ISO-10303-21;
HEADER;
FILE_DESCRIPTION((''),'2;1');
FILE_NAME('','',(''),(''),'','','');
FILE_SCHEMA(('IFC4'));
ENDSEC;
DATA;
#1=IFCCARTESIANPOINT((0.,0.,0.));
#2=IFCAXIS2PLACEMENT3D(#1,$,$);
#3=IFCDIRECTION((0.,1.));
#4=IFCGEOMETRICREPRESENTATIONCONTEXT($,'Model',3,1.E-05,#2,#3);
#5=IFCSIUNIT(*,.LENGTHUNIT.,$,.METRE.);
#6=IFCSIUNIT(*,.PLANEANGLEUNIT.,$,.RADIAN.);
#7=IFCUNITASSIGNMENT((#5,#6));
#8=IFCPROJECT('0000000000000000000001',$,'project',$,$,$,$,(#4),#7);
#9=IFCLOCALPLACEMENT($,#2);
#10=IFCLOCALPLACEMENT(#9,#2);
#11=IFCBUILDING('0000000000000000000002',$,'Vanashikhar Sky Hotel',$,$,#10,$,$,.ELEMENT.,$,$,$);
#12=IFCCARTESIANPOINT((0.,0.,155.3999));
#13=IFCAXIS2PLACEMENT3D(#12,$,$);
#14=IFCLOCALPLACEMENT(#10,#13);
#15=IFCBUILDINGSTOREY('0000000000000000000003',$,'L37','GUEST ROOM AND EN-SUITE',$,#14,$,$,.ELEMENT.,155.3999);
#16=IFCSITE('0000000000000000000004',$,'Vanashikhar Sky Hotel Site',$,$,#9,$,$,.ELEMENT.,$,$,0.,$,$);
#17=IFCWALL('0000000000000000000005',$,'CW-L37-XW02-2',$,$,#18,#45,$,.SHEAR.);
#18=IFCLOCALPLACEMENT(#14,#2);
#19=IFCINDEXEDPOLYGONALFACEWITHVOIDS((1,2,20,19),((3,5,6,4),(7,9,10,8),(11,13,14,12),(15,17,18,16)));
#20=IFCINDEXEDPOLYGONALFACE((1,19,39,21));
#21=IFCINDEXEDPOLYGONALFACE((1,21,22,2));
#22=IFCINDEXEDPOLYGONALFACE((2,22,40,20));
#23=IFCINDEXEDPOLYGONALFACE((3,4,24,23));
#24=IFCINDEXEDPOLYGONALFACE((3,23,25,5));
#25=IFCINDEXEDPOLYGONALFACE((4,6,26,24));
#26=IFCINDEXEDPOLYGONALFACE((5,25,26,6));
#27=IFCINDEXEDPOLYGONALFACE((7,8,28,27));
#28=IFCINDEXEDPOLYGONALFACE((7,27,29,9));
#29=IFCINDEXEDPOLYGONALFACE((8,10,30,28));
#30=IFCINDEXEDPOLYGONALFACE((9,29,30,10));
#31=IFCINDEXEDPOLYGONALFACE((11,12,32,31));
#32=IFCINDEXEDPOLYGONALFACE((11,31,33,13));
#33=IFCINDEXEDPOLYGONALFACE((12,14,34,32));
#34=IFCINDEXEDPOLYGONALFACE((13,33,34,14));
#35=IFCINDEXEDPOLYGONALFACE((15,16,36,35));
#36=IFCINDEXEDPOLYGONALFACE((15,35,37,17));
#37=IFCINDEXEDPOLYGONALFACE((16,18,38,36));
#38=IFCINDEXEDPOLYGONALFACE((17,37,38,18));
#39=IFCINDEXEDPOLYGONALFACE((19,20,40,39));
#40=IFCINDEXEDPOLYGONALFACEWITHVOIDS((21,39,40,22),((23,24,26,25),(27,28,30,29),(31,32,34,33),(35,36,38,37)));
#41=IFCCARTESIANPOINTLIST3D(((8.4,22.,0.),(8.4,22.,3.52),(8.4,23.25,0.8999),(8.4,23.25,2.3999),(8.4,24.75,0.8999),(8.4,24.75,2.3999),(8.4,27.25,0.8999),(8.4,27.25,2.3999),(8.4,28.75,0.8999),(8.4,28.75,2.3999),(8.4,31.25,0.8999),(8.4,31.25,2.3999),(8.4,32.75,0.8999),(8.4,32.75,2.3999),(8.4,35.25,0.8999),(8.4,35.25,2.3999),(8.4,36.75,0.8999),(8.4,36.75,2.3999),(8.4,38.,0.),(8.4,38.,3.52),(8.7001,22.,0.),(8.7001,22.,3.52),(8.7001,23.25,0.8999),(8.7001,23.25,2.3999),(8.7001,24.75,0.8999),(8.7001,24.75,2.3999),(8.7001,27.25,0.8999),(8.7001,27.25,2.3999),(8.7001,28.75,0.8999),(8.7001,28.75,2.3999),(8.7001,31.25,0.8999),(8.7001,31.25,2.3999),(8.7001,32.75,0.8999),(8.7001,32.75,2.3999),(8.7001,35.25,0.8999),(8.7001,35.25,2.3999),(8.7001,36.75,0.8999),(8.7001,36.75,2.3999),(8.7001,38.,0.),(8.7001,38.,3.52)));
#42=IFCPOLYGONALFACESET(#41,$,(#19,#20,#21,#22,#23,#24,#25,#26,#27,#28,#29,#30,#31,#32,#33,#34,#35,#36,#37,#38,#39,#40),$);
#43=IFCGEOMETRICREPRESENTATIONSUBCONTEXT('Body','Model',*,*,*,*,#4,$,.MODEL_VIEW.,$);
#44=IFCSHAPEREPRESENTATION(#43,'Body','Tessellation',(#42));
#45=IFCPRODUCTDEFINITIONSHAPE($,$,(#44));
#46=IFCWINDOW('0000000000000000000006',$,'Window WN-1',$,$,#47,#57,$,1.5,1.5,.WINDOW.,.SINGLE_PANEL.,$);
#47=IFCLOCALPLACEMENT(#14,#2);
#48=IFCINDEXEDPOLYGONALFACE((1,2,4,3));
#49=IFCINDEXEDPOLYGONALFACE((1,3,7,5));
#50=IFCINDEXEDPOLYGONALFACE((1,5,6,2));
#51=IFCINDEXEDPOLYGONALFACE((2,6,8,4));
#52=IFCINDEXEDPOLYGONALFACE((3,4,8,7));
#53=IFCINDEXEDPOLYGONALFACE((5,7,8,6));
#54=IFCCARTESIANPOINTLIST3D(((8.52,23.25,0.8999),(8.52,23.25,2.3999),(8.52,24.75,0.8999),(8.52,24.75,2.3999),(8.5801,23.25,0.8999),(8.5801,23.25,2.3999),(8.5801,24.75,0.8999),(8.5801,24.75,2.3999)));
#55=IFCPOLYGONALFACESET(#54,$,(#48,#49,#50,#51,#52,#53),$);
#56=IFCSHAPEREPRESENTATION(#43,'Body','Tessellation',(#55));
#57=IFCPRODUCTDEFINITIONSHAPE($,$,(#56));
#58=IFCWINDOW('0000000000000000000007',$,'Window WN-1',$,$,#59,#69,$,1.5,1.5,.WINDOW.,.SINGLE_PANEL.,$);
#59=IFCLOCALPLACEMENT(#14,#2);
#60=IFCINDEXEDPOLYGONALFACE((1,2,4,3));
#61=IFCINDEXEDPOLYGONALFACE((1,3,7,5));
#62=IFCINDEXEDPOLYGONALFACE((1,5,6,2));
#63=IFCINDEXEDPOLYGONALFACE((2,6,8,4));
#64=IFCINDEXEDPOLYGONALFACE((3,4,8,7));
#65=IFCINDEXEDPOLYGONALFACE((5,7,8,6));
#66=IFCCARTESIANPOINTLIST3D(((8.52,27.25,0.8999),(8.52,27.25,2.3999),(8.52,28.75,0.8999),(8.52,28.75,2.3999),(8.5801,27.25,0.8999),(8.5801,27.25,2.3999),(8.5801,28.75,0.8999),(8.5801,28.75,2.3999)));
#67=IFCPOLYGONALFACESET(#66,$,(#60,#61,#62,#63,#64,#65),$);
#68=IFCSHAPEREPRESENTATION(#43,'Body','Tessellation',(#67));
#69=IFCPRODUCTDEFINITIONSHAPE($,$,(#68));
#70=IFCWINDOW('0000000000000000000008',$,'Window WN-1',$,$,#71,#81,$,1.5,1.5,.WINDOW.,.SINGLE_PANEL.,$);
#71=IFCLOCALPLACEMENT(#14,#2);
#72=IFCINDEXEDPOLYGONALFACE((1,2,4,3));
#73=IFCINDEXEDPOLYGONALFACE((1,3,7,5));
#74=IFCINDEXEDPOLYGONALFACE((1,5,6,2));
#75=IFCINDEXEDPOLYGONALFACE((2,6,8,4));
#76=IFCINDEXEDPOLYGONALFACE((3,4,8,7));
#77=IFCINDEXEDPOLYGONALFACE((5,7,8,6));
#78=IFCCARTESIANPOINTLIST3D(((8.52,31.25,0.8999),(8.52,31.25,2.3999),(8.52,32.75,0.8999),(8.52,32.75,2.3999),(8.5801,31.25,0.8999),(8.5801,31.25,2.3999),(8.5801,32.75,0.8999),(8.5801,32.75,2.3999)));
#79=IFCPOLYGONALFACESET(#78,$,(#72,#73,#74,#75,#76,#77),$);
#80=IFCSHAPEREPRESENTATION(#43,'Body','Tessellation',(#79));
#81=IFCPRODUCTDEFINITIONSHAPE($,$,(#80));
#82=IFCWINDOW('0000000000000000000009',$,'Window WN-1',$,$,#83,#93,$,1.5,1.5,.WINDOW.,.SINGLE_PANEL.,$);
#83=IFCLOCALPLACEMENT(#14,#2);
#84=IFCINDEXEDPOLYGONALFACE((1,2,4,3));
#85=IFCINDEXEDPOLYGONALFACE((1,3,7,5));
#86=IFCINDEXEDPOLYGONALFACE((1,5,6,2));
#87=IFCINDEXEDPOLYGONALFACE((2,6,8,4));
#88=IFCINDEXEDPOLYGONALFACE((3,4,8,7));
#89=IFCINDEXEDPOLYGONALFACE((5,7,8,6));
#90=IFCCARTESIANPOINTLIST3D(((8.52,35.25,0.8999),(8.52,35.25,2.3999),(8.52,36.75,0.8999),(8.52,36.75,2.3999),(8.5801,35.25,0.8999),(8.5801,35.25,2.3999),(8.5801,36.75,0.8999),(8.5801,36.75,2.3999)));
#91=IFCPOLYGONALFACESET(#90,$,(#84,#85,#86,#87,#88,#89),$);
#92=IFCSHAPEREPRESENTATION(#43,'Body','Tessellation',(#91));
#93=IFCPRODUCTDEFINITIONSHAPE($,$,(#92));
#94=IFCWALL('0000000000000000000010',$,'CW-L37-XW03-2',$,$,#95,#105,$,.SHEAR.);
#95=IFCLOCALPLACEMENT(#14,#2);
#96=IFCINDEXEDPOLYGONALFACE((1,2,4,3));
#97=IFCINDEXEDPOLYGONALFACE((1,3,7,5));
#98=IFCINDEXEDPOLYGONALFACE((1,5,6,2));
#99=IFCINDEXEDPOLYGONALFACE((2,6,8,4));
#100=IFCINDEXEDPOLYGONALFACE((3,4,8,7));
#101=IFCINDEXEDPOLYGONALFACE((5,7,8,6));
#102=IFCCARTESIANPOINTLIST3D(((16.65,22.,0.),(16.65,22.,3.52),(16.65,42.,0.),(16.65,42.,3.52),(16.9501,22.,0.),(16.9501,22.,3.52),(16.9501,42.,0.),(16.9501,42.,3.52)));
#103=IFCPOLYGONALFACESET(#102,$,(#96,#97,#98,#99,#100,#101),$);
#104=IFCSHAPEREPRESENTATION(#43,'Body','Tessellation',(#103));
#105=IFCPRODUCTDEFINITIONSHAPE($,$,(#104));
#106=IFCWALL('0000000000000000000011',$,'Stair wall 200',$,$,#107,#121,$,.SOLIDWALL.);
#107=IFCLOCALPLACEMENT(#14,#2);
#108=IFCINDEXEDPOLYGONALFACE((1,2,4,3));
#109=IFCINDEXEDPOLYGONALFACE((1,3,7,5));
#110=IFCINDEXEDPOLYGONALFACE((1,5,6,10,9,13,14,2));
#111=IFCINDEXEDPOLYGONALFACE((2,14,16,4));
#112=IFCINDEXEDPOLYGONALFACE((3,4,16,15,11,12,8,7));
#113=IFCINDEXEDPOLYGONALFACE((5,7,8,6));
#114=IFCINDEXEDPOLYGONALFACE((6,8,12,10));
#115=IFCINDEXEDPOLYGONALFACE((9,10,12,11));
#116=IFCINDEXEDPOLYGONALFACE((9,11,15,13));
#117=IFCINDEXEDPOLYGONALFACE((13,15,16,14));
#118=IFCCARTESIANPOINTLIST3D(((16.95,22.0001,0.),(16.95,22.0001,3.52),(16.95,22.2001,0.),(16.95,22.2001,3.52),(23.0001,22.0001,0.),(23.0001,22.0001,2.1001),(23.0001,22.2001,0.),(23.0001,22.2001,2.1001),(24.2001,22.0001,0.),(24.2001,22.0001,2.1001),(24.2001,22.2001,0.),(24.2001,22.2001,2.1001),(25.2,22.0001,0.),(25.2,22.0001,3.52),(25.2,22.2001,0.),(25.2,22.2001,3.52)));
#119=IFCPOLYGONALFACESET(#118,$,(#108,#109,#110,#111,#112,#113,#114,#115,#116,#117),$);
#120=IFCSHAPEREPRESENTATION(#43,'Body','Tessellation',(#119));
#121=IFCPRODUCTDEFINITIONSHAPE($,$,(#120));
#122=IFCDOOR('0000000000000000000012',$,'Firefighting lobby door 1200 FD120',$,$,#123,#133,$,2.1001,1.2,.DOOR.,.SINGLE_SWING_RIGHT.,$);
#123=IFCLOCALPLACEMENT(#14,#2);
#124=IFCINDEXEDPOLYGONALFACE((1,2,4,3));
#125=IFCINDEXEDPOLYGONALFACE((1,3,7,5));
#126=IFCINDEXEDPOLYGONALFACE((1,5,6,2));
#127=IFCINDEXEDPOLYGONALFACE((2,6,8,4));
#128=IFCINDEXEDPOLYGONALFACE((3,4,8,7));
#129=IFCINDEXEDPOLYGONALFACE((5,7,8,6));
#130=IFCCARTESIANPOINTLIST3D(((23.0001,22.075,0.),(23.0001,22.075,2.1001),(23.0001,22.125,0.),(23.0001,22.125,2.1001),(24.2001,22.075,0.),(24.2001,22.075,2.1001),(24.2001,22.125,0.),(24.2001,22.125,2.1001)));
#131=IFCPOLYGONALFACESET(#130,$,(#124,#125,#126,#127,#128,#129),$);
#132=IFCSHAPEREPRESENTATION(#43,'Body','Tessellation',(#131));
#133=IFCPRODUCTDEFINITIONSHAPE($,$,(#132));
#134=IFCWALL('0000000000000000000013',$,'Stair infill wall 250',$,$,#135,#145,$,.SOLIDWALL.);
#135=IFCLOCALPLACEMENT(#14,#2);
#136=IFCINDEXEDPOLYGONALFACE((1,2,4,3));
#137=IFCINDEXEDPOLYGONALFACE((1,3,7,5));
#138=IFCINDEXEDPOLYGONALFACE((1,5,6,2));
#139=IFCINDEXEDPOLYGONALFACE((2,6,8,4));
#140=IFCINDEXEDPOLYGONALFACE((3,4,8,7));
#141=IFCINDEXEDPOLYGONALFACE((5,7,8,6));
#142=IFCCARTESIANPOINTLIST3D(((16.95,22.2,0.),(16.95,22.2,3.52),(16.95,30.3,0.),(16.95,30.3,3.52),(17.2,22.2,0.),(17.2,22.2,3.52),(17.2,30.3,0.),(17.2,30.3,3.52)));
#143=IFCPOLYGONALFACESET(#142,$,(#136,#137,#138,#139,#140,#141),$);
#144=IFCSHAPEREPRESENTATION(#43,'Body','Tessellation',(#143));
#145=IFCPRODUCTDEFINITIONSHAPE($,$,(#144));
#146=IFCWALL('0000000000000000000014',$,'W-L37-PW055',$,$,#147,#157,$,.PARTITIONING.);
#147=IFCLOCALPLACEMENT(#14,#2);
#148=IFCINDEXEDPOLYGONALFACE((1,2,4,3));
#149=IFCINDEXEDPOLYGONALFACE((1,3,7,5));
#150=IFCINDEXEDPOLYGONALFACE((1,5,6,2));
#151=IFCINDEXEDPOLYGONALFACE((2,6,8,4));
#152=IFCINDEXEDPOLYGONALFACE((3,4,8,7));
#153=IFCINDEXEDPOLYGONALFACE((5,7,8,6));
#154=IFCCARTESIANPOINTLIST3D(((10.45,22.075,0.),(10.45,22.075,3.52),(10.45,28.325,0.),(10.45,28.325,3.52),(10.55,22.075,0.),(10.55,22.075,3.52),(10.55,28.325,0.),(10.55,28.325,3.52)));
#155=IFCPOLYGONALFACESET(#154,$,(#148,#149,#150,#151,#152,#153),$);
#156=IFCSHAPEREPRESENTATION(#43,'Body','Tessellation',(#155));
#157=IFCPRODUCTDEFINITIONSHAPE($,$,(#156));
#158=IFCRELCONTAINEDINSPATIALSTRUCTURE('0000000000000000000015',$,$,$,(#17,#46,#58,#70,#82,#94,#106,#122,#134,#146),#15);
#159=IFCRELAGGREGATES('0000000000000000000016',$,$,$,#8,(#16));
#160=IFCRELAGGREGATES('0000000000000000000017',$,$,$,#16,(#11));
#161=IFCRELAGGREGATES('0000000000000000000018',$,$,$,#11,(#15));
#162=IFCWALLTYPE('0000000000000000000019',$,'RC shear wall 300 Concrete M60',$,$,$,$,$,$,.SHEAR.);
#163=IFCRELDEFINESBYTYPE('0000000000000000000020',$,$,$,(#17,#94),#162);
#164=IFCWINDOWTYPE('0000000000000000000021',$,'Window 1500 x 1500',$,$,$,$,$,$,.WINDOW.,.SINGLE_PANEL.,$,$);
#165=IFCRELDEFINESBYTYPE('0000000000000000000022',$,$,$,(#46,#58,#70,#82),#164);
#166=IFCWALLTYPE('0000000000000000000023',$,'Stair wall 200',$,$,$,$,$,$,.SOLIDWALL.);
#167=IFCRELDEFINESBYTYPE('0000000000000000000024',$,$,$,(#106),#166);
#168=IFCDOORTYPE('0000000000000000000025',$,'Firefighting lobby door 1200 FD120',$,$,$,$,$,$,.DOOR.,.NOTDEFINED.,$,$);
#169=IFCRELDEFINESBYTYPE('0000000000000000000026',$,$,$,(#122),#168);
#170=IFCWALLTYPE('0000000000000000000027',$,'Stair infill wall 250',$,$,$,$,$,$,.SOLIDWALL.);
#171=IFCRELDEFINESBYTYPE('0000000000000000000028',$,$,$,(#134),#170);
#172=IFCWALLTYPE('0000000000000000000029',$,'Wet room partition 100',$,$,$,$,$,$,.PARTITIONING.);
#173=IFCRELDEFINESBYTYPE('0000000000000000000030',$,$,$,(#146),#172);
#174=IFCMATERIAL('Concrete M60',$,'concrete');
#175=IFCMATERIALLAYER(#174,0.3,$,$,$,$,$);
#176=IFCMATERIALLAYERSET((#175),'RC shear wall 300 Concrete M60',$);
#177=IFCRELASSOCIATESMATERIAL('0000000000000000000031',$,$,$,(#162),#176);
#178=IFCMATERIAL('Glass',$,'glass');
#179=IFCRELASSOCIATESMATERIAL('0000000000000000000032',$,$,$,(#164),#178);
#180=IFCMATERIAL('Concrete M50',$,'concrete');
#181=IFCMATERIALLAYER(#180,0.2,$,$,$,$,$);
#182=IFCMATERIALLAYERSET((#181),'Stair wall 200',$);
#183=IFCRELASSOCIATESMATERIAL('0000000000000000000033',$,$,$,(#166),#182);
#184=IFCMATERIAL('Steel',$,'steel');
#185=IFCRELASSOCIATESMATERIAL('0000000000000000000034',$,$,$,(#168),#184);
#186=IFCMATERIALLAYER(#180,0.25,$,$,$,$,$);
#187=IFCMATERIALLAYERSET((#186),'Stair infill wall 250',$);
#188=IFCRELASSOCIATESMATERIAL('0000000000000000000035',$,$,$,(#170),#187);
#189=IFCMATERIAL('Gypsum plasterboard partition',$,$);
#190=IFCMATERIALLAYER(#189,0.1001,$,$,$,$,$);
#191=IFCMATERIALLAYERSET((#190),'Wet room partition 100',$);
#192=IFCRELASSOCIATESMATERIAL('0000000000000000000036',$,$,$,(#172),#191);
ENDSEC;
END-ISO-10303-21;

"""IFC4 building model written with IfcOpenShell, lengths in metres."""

from ifc_helpers import new_model, si_unit, direction, frame, frame_2d, origin, place, context, subcontext, project, spatial, rectangle, extrude, source, transform, mapped, material, layer, layer_set, type_object, element, fill, save


model = new_model("IFC4")

# Units and contexts
model_context = context("Model", 3, precision=1e-05, world=origin(), true_north=direction((0.0, 1.0)))
body_context = subcontext(model_context, "Body", "Model", "MODEL_VIEW")
ifc_project = project(units=[si_unit("LENGTHUNIT", "METRE"), si_unit("PLANEANGLEUNIT", "RADIAN")], contexts=[model_context])

# Site, building, storey
site_placement = place(None, origin())
site = spatial("IfcSite", under=ifc_project, at=site_placement, Name="Vanashikhar Sky Hotel Site", CompositionType="ELEMENT", RefElevation=0.0)
building_placement = place(site_placement, origin())
building = spatial("IfcBuilding", under=site, at=building_placement, Name="Vanashikhar Sky Hotel", CompositionType="ELEMENT")
storey_placement = place(building_placement, frame((0.0, 0.0, 155.3999)))
storey = spatial("IfcBuildingStorey", under=building, at=storey_placement, Name="L37", Description="GUEST ROOM AND EN-SUITE", CompositionType="ELEMENT", Elevation=155.3999)

# Wall, openings, windows
ifc_material_1 = material(Name="Concrete M60", Category="concrete")
ifc_layer_1 = layer(ifc_material_1, 0.3)
ifc_layer_set_1 = layer_set([ifc_layer_1], Name="RC shear wall 300 Concrete M60")
wall_type_1 = type_object("IfcWallType", Name="RC shear wall 300 Concrete M60", PredefinedType="SHEAR", material=ifc_layer_set_1)
shared_shape_1 = source(origin(), body_context, "Body", "SweptSolid", [
    extrude(rectangle(XDim=16.0, YDim=0.3, at=frame_2d((8.0, 0.0))), origin(), (0.0, 0.0, 1.0), 3.52),
])
wall_1_placement = place(storey_placement, frame((8.55, 22.0, 0.0), z_axis=(0.0, 0.0, 1.0), x_axis=(0.0, 1.0, 0.0)))
wall_1 = element("IfcWall", 1, at=wall_1_placement, inside=storey, type_object=wall_type_1, Name="CW-L37-XW02-2", PredefinedType="SHEAR", context=body_context, shape_type="MappedRepresentation", body=[
    mapped(shared_shape_1, transform((0.0, 0.0, 0.0), scale=1.0)),
])
shared_shape_2 = source(origin(), body_context, "Body", "SweptSolid", [
    extrude(rectangle(XDim=1.5, YDim=1.5, at=frame_2d((0.75, 0.75))), frame((0.0, 0.1602, 0.0), z_axis=(0.0, -1.0, 0.0), x_axis=(1.0, 0.0, 0.0)), (0.0, 0.0, 1.0), 0.3201),
])
opening_1_placement = place(wall_1_placement, frame((1.25, 0.0, 0.8999)))
opening_1 = element("IfcOpeningElement", 2, at=opening_1_placement, cuts=wall_1, PredefinedType="OPENING", context=body_context, shape_type="MappedRepresentation", body=[
    mapped(shared_shape_2, transform((0.0, 0.0, 0.0), scale=1.0)),
])
opening_2_placement = place(wall_1_placement, frame((5.25, 0.0, 0.8999)))
opening_2 = element("IfcOpeningElement", 3, at=opening_2_placement, cuts=wall_1, PredefinedType="OPENING", context=body_context, shape_type="MappedRepresentation", body=[
    mapped(shared_shape_2, transform((0.0, 0.0, 0.0), scale=1.0)),
])
opening_3_placement = place(wall_1_placement, frame((9.25, 0.0, 0.8999)))
opening_3 = element("IfcOpeningElement", 4, at=opening_3_placement, cuts=wall_1, PredefinedType="OPENING", context=body_context, shape_type="MappedRepresentation", body=[
    mapped(shared_shape_2, transform((0.0, 0.0, 0.0), scale=1.0)),
])
opening_4_placement = place(wall_1_placement, frame((13.25, 0.0, 0.8999)))
opening_4 = element("IfcOpeningElement", 5, at=opening_4_placement, cuts=wall_1, PredefinedType="OPENING", context=body_context, shape_type="MappedRepresentation", body=[
    mapped(shared_shape_2, transform((0.0, 0.0, 0.0), scale=1.0)),
])
ifc_material_2 = material(Name="Glass", Category="glass")
window_type = type_object("IfcWindowType", Name="Window 1500 x 1500", PartitioningType="SINGLE_PANEL", PredefinedType="WINDOW", material=ifc_material_2)
shared_shape_3 = source(origin(), body_context, "Body", "SweptSolid", [
    extrude(rectangle(XDim=1.5, YDim=1.5, at=frame_2d((0.75, 0.75))), frame((0.0, 0.03, 0.0), z_axis=(0.0, -1.0, 0.0), x_axis=(1.0, 0.0, 0.0)), (0.0, 0.0, 1.0), 0.0601),
])
window_1_placement = place(opening_1_placement, origin())
window_1 = element("IfcWindow", 6, at=window_1_placement, inside=storey, type_object=window_type, Name="Window WN-1", OverallHeight=1.5, OverallWidth=1.5, PartitioningType="SINGLE_PANEL", PredefinedType="WINDOW", context=body_context, shape_type="MappedRepresentation", body=[
    mapped(shared_shape_3, transform((0.0, 0.0, 0.0), scale=1.0)),
])
fill(opening_1, window_1)
window_2_placement = place(opening_2_placement, origin())
window_2 = element("IfcWindow", 7, at=window_2_placement, inside=storey, type_object=window_type, Name="Window WN-1", OverallHeight=1.5, OverallWidth=1.5, PartitioningType="SINGLE_PANEL", PredefinedType="WINDOW", context=body_context, shape_type="MappedRepresentation", body=[
    mapped(shared_shape_3, transform((0.0, 0.0, 0.0), scale=1.0)),
])
fill(opening_2, window_2)
window_3_placement = place(opening_3_placement, origin())
window_3 = element("IfcWindow", 8, at=window_3_placement, inside=storey, type_object=window_type, Name="Window WN-1", OverallHeight=1.5, OverallWidth=1.5, PartitioningType="SINGLE_PANEL", PredefinedType="WINDOW", context=body_context, shape_type="MappedRepresentation", body=[
    mapped(shared_shape_3, transform((0.0, 0.0, 0.0), scale=1.0)),
])
fill(opening_3, window_3)
window_4_placement = place(opening_4_placement, origin())
window_4 = element("IfcWindow", 9, at=window_4_placement, inside=storey, type_object=window_type, Name="Window WN-1", OverallHeight=1.5, OverallWidth=1.5, PartitioningType="SINGLE_PANEL", PredefinedType="WINDOW", context=body_context, shape_type="MappedRepresentation", body=[
    mapped(shared_shape_3, transform((0.0, 0.0, 0.0), scale=1.0)),
])
fill(opening_4, window_4)

# Wall
shared_shape_4 = source(origin(), body_context, "Body", "SweptSolid", [
    extrude(rectangle(XDim=20.0, YDim=0.3, at=frame_2d((10.0, 0.0))), origin(), (0.0, 0.0, 1.0), 3.52),
])
wall_2_placement = place(storey_placement, frame((16.8, 22.0, 0.0), z_axis=(0.0, 0.0, 1.0), x_axis=(0.0, 1.0, 0.0)))
element("IfcWall", 10, at=wall_2_placement, inside=storey, type_object=wall_type_1, Name="CW-L37-XW03-2", PredefinedType="SHEAR", context=body_context, shape_type="MappedRepresentation", body=[
    mapped(shared_shape_4, transform((0.0, 0.0, 0.0), scale=1.0)),
])

# Wall, opening, door
ifc_material_3 = material(Name="Concrete M50", Category="concrete")
ifc_layer_2 = layer(ifc_material_3, 0.2)
ifc_layer_set_2 = layer_set([ifc_layer_2], Name="Stair wall 200")
wall_type_2 = type_object("IfcWallType", Name="Stair wall 200", PredefinedType="SOLIDWALL", material=ifc_layer_set_2)
shared_shape_5 = source(origin(), body_context, "Body", "SweptSolid", [
    extrude(rectangle(XDim=8.25, YDim=0.2, at=frame_2d((4.125, 0.0))), origin(), (0.0, 0.0, 1.0), 3.52),
])
wall_3_placement = place(storey_placement, frame((16.95, 22.1001, 0.0), z_axis=(0.0, 0.0, 1.0), x_axis=(1.0, 0.0, 0.0)))
wall_3 = element("IfcWall", 11, at=wall_3_placement, inside=storey, type_object=wall_type_2, Name="Stair wall 200", PredefinedType="SOLIDWALL", context=body_context, shape_type="MappedRepresentation", body=[
    mapped(shared_shape_5, transform((0.0, 0.0, 0.0), scale=1.0)),
])
shared_shape_6 = source(origin(), body_context, "Body", "SweptSolid", [
    extrude(rectangle(XDim=1.2, YDim=2.1001, at=frame_2d((0.6001, 1.05))), frame((0.0, 0.1099, 0.0), z_axis=(0.0, -1.0, 0.0), x_axis=(1.0, 0.0, 0.0)), (0.0, 0.0, 1.0), 0.22),
])
opening_5_placement = place(wall_3_placement, frame((6.05, 0.0, 0.0)))
opening_5 = element("IfcOpeningElement", 12, at=opening_5_placement, cuts=wall_3, PredefinedType="OPENING", context=body_context, shape_type="MappedRepresentation", body=[
    mapped(shared_shape_6, transform((0.0, 0.0, 0.0), scale=1.0)),
])
ifc_material_4 = material(Name="Steel", Category="steel")
door_type_1 = type_object("IfcDoorType", Name="Firefighting lobby door 1200 FD120", OperationType="NOTDEFINED", PredefinedType="DOOR", material=ifc_material_4)
shared_shape_7 = source(origin(), body_context, "Body", "SweptSolid", [
    extrude(rectangle(XDim=1.2, YDim=2.1001, at=frame_2d((0.6001, 1.05))), frame((0.0, 0.0249, 0.0), z_axis=(0.0, -1.0, 0.0), x_axis=(1.0, 0.0, 0.0)), (0.0, 0.0, 1.0), 0.05),
])
door_1_placement = place(opening_5_placement, origin())
door_1 = element("IfcDoor", 13, at=door_1_placement, inside=storey, type_object=door_type_1, Name="Firefighting lobby door 1200 FD120", OperationType="SINGLE_SWING_RIGHT", OverallHeight=2.1001, OverallWidth=1.2, PredefinedType="DOOR", context=body_context, shape_type="MappedRepresentation", body=[
    mapped(shared_shape_7, transform((0.0, 0.0, 0.0), scale=1.0)),
])
fill(opening_5, door_1)

# Walls
ifc_layer_3 = layer(ifc_material_3, 0.25)
ifc_layer_set_3 = layer_set([ifc_layer_3], Name="Stair infill wall 250")
wall_type_3 = type_object("IfcWallType", Name="Stair infill wall 250", PredefinedType="SOLIDWALL", material=ifc_layer_set_3)
shared_shape_8 = source(origin(), body_context, "Body", "SweptSolid", [
    extrude(rectangle(XDim=8.1001, YDim=0.25, at=frame_2d((4.05, 0.0))), origin(), (0.0, 0.0, 1.0), 3.52),
])
wall_4_placement = place(storey_placement, frame((17.075, 22.2, 0.0), z_axis=(0.0, 0.0, 1.0), x_axis=(0.0, 1.0, 0.0)))
element("IfcWall", 14, at=wall_4_placement, inside=storey, type_object=wall_type_3, Name="Stair infill wall 250", PredefinedType="SOLIDWALL", context=body_context, shape_type="MappedRepresentation", body=[
    mapped(shared_shape_8, transform((0.0, 0.0, 0.0), scale=1.0)),
])
ifc_material_5 = material(Name="Gypsum plasterboard partition")
ifc_layer_4 = layer(ifc_material_5, 0.1001)
ifc_layer_set_4 = layer_set([ifc_layer_4], Name="Wet room partition 100")
wall_type_4 = type_object("IfcWallType", Name="Wet room partition 100", PredefinedType="PARTITIONING", material=ifc_layer_set_4)
shared_shape_9 = source(origin(), body_context, "Body", "SweptSolid", [
    extrude(rectangle(XDim=6.25, YDim=0.1001, at=frame_2d((3.125, 0.0))), origin(), (0.0, 0.0, 1.0), 3.52),
])
for number, where, z_axis, x_axis, name in (
    (15, (10.5, 22.075, 0.0), (0.0, 0.0, 1.0), (0.0, 1.0, 0.0), "W-L37-PW055"),
):
    element("IfcWall", number, at=place(storey_placement, frame(where, z_axis=z_axis, x_axis=x_axis)), inside=storey, type_object=wall_type_4, Name=name, PredefinedType="PARTITIONING", context=body_context, shape_type="MappedRepresentation", body=[
        mapped(shared_shape_9, transform((0.0, 0.0, 0.0), scale=1.0)),
    ])

save(model, "model.ifc")
